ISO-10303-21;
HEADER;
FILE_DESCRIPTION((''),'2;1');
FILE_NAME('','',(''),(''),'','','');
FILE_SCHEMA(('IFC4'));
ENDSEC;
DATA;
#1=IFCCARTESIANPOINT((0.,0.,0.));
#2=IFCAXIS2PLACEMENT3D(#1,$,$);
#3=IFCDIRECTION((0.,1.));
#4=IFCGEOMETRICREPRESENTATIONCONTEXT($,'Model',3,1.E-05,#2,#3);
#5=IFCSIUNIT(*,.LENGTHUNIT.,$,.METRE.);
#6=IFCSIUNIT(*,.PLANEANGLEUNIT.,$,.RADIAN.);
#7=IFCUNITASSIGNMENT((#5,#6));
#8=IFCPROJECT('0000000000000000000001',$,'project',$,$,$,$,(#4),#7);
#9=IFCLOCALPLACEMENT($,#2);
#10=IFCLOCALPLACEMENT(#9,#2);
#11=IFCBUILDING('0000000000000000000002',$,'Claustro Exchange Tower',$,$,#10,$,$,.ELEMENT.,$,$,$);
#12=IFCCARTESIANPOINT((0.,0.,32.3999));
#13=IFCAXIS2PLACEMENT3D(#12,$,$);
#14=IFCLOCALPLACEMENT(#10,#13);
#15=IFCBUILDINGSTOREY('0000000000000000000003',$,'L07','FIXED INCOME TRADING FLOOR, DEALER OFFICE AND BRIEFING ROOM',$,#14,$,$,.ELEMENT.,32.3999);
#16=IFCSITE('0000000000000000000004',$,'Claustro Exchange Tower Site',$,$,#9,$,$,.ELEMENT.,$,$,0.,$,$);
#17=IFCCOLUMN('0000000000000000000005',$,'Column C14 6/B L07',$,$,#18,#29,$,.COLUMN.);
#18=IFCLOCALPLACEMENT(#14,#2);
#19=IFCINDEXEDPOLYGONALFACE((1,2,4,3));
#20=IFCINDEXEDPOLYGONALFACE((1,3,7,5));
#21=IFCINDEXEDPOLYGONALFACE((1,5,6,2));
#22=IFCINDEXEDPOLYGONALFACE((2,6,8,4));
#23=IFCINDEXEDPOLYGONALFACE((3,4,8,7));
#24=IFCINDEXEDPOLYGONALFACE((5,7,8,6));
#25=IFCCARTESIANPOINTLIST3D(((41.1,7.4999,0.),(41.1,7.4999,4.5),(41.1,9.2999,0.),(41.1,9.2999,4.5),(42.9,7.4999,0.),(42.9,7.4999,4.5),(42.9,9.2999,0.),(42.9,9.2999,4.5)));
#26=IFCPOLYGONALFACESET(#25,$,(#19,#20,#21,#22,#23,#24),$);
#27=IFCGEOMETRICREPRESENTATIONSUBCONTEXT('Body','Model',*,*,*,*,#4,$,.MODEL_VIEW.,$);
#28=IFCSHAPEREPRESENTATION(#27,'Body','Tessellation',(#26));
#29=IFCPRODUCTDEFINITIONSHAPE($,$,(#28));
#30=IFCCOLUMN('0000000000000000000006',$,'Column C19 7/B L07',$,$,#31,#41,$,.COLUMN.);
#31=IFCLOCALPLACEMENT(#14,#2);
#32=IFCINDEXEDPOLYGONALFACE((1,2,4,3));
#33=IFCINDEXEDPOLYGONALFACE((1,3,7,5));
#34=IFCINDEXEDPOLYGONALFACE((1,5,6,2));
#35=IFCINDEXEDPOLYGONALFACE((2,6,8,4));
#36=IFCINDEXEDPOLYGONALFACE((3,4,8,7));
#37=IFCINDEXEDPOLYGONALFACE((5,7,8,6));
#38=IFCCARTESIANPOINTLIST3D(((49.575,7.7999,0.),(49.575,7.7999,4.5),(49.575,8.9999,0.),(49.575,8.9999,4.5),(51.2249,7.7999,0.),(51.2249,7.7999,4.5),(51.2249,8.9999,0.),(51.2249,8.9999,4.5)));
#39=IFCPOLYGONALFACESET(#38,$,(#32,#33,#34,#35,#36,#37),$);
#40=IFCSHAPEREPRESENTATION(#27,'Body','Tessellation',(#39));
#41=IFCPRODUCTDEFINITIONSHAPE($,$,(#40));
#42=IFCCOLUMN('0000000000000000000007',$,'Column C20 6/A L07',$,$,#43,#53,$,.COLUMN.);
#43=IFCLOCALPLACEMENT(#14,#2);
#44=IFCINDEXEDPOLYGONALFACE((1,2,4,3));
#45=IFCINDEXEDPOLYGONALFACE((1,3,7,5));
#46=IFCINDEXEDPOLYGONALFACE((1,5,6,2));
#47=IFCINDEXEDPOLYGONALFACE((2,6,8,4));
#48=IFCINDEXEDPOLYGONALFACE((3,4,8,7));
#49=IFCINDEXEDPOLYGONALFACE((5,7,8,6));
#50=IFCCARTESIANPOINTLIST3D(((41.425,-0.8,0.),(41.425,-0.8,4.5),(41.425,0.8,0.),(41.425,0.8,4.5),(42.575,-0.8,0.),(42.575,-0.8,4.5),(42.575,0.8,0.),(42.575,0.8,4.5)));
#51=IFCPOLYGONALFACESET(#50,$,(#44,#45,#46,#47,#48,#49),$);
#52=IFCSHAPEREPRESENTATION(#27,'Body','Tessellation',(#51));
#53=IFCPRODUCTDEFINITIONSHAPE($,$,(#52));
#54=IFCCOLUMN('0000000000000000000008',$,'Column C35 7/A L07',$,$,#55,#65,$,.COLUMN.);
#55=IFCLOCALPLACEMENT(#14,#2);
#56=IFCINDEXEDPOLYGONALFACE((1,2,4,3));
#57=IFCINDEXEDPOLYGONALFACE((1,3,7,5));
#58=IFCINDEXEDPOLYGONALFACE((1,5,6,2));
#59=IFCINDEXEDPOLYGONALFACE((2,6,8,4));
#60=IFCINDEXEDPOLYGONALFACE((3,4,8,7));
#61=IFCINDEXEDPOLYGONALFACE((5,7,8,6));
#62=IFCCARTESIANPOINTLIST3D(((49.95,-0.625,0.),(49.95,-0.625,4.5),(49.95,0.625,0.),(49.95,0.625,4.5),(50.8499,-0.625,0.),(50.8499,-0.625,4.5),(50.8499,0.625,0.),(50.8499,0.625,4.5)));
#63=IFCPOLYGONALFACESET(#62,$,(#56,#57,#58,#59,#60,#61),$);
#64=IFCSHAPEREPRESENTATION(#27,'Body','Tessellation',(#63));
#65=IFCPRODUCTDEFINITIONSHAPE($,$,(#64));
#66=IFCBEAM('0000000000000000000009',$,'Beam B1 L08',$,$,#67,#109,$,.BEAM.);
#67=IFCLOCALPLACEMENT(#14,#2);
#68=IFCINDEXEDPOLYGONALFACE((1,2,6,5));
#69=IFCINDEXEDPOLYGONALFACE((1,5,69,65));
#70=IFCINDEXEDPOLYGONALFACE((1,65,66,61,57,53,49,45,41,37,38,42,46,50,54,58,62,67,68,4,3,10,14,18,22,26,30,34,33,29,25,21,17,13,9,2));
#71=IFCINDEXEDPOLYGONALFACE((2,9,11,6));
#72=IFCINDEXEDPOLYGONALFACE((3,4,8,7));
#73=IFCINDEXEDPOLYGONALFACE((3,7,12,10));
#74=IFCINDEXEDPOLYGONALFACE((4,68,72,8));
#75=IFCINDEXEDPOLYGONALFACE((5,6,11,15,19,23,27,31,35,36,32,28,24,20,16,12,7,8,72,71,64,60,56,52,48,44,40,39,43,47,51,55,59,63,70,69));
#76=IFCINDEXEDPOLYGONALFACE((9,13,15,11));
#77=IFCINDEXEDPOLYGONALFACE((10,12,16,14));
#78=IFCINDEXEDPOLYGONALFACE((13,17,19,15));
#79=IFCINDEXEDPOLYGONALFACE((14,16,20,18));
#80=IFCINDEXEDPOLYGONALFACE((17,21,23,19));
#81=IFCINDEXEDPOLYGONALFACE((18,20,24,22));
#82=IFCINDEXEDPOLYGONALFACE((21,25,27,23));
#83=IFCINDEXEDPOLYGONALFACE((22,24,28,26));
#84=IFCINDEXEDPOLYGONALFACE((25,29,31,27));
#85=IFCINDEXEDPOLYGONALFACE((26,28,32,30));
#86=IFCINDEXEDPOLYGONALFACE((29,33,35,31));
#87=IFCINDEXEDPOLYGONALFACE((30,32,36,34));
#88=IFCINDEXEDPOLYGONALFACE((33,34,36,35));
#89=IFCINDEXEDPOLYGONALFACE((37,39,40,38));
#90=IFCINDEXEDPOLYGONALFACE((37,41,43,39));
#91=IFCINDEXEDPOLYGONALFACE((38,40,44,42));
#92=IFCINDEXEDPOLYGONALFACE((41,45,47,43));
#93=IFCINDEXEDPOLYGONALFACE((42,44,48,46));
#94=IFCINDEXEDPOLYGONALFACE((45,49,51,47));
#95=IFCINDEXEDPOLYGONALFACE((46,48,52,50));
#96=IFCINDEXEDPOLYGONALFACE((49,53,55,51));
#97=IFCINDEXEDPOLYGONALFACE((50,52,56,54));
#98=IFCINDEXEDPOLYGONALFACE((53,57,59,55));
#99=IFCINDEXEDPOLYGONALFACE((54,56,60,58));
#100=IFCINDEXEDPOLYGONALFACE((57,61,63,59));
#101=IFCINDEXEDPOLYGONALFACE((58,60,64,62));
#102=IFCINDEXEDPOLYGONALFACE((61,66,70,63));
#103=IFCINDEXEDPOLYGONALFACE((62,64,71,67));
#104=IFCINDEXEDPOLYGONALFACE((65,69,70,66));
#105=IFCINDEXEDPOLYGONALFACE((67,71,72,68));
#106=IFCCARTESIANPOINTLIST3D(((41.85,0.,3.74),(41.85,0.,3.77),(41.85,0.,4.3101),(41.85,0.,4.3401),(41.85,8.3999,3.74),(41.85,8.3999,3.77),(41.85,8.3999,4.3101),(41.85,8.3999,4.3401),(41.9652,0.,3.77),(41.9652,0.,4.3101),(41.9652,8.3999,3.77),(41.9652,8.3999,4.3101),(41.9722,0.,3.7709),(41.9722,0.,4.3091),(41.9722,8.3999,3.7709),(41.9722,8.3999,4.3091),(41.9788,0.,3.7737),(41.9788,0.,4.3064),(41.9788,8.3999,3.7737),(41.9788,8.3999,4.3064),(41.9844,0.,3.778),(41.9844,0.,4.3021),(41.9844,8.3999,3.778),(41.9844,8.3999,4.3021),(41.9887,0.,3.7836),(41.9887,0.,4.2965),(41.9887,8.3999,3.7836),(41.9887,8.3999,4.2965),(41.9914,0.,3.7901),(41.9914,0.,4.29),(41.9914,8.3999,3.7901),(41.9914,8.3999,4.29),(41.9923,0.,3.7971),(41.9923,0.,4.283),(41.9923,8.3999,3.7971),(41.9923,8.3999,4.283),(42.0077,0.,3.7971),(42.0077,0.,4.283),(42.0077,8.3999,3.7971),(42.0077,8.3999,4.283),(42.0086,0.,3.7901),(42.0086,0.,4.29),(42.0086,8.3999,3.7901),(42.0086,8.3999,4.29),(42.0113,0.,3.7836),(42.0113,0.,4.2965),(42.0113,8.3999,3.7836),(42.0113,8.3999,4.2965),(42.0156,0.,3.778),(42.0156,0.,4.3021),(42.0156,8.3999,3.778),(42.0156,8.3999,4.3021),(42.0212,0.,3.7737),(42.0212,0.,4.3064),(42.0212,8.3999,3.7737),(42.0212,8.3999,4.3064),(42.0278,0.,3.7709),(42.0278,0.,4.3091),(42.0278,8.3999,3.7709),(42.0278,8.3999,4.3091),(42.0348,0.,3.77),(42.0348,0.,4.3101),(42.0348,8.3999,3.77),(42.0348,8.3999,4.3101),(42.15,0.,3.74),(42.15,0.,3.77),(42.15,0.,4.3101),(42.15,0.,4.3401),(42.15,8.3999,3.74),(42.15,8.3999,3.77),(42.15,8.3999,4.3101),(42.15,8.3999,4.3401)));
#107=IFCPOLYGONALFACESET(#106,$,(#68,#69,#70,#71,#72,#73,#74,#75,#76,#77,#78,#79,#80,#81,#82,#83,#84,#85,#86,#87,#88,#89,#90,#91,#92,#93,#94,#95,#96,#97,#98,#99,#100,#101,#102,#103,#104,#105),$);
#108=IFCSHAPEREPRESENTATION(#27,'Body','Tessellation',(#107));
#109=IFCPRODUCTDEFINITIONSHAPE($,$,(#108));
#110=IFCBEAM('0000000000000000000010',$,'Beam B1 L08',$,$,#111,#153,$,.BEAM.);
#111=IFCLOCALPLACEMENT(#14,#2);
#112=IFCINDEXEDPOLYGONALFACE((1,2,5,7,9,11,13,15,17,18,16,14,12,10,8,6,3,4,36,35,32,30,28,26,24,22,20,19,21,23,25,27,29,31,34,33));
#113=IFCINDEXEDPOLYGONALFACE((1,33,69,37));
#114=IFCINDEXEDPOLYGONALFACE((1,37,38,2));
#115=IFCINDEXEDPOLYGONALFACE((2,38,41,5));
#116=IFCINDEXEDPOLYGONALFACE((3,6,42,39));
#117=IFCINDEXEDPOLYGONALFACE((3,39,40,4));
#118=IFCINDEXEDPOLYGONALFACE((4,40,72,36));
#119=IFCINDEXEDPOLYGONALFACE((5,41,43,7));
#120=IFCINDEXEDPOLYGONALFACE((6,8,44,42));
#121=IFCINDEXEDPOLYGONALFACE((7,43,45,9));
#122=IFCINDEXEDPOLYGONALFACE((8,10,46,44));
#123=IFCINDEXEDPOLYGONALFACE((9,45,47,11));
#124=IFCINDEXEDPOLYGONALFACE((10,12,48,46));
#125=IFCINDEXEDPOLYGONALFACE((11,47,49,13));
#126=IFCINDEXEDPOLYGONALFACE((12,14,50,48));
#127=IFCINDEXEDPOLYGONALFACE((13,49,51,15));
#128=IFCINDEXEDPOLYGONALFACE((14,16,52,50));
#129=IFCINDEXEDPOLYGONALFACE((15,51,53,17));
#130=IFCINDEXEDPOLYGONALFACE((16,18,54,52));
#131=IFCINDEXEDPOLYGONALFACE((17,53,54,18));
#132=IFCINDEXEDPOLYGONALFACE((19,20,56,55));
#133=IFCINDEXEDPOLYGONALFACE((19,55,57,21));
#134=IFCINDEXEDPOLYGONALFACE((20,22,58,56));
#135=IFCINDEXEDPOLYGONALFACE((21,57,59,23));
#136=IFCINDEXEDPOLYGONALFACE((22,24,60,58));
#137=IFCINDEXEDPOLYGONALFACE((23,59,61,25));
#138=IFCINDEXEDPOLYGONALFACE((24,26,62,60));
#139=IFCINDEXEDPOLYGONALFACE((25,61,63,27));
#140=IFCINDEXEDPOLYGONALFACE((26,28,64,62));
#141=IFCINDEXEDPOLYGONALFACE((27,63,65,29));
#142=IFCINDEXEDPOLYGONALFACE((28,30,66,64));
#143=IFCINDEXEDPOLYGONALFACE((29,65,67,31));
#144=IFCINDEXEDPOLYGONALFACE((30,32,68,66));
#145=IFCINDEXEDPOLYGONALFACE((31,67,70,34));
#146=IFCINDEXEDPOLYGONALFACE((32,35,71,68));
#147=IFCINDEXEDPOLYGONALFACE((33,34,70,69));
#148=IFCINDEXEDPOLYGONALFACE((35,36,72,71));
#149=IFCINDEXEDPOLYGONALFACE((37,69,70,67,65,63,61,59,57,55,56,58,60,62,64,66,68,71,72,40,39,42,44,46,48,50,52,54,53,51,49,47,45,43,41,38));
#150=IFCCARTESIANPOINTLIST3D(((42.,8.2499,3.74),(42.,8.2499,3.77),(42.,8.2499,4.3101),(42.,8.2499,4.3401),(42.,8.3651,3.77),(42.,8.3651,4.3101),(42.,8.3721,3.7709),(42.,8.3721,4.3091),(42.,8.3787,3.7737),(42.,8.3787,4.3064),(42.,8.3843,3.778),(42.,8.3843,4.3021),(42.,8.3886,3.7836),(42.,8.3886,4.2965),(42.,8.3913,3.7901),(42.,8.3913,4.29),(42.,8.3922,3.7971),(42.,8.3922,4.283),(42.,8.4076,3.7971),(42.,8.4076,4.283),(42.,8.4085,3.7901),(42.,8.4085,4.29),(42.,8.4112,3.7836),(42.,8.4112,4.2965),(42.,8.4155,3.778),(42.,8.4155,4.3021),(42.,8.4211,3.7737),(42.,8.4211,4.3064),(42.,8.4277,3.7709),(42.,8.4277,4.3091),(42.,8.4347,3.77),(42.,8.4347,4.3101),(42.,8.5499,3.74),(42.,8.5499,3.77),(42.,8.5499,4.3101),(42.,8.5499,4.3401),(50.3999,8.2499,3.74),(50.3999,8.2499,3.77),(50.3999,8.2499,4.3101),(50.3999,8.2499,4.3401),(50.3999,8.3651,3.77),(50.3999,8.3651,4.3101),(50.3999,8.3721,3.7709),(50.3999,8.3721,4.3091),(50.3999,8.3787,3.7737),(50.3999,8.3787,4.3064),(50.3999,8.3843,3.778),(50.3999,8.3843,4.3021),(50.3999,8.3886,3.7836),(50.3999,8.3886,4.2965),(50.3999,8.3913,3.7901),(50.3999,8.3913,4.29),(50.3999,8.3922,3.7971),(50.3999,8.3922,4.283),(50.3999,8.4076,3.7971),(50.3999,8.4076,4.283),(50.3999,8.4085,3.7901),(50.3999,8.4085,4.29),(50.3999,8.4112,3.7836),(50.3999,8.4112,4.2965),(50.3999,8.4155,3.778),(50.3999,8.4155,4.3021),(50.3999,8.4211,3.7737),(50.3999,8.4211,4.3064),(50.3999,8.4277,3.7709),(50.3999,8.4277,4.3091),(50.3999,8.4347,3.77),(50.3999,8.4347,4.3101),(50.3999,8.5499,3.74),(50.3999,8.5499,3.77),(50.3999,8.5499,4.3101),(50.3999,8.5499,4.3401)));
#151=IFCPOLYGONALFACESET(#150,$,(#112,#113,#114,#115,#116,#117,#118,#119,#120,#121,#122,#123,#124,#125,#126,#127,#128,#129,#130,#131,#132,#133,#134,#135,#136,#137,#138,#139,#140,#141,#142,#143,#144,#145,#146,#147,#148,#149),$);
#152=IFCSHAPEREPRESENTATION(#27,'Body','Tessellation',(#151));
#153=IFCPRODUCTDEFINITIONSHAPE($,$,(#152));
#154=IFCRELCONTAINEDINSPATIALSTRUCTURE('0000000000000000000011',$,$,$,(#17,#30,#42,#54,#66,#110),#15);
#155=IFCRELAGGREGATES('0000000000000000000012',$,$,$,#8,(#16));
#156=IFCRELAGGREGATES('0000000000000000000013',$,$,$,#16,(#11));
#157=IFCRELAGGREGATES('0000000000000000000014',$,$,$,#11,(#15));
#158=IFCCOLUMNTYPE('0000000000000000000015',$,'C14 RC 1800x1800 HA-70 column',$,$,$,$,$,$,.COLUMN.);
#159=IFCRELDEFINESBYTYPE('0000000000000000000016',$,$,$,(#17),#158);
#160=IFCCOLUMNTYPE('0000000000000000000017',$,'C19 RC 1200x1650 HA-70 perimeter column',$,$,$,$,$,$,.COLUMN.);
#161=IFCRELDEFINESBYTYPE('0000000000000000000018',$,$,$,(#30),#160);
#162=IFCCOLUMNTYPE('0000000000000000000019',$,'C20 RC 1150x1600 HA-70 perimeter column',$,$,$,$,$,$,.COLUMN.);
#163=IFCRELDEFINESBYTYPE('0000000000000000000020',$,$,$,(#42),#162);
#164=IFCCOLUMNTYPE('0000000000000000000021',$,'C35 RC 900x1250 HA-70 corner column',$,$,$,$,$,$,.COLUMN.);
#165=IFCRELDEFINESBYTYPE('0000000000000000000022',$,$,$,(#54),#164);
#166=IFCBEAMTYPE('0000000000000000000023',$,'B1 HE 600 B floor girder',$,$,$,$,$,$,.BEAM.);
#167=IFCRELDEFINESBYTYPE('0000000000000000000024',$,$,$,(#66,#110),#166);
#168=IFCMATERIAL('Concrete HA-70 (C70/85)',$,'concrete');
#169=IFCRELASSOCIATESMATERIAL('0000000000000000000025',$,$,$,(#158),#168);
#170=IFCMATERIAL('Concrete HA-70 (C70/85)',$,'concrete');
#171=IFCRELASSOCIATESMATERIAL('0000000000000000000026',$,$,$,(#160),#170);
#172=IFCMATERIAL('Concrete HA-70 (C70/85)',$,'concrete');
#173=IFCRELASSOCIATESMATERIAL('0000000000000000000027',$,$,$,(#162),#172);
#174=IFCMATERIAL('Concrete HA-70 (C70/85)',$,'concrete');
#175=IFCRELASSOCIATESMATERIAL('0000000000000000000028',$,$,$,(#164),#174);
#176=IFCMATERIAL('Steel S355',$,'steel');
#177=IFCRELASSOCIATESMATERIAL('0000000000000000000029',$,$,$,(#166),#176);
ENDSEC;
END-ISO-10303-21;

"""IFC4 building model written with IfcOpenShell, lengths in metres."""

from ifc_helpers import new_model, si_unit, direction, frame, origin, origin_2d, place, context, subcontext, project, spatial, rectangle, i_section, extrude, material, material_profile, profile_set, type_object, element, save


model = new_model("IFC4")

# Units and contexts
model_context = context("Model", 3, precision=1e-05, world=origin(), true_north=direction((0.0, 1.0)))
body_context = subcontext(model_context, "Body", "Model", "MODEL_VIEW")
ifc_project = project(units=[si_unit("LENGTHUNIT", "METRE"), si_unit("PLANEANGLEUNIT", "RADIAN")], contexts=[model_context])

# Site, building, storey
site_placement = place(None, origin())
site = spatial("IfcSite", under=ifc_project, at=site_placement, Name="Claustro Exchange Tower Site", CompositionType="ELEMENT", RefElevation=0.0)
building_placement = place(site_placement, origin())
building = spatial("IfcBuilding", under=site, at=building_placement, Name="Claustro Exchange Tower", CompositionType="ELEMENT")
storey_placement = place(building_placement, frame((0.0, 0.0, 32.3999)))
storey = spatial("IfcBuildingStorey", under=building, at=storey_placement, Name="L07", Description="FIXED INCOME TRADING FLOOR, DEALER OFFICE AND BRIEFING ROOM", CompositionType="ELEMENT", Elevation=32.3999)

# Columns
ifc_material_1 = material(Name="Concrete HA-70 (C70/85)", Category="concrete")
ifc_material_profile_1 = material_profile(ifc_material_1, rectangle(XDim=1.8, YDim=1.8, at=origin_2d()), Name="RC 1800x1800")
ifc_profile_set_1 = profile_set([ifc_material_profile_1], Name="Concrete HA-70 (C70/85)")
column_type_1 = type_object("IfcColumnType", Name="C14 RC 1800x1800 HA-70 column", PredefinedType="COLUMN", material=ifc_profile_set_1)
column_1_placement = place(storey_placement, frame((42.0, 8.3999, 0.0), z_axis=(0.0, 0.0, 1.0), x_axis=(1.0, 0.0, 0.0)))
element("IfcColumn", 1, at=column_1_placement, inside=storey, type_object=column_type_1, Name="Column C14 6/B L07", PredefinedType="COLUMN", context=body_context, shape_type="SweptSolid", body=[
    extrude(rectangle(XDim=1.8, YDim=1.8, at=origin_2d()), origin(), (0.0, 0.0, 1.0), 4.5),
])
ifc_material_2 = material(Name="Concrete HA-70 (C70/85)", Category="concrete")
ifc_material_profile_2 = material_profile(ifc_material_2, rectangle(XDim=1.2, YDim=1.6499, at=origin_2d()), Name="RC 1200x1650")
ifc_profile_set_2 = profile_set([ifc_material_profile_2], Name="Concrete HA-70 (C70/85)")
column_type_2 = type_object("IfcColumnType", Name="C19 RC 1200x1650 HA-70 perimeter column", PredefinedType="COLUMN", material=ifc_profile_set_2)
column_2_placement = place(storey_placement, frame((50.3999, 8.3999, 0.0), z_axis=(0.0, 0.0, 1.0), x_axis=(0.0, 1.0, 0.0)))
element("IfcColumn", 2, at=column_2_placement, inside=storey, type_object=column_type_2, Name="Column C19 7/B L07", PredefinedType="COLUMN", context=body_context, shape_type="SweptSolid", body=[
    extrude(rectangle(XDim=1.2, YDim=1.6499, at=origin_2d()), origin(), (0.0, 0.0, 1.0), 4.5),
])
ifc_material_3 = material(Name="Concrete HA-70 (C70/85)", Category="concrete")
ifc_material_profile_3 = material_profile(ifc_material_3, rectangle(XDim=1.1499, YDim=1.6001, at=origin_2d()), Name="RC 1150x1600")
ifc_profile_set_3 = profile_set([ifc_material_profile_3], Name="Concrete HA-70 (C70/85)")
column_type_3 = type_object("IfcColumnType", Name="C20 RC 1150x1600 HA-70 perimeter column", PredefinedType="COLUMN", material=ifc_profile_set_3)
column_3_placement = place(storey_placement, frame((42.0, 0.0, 0.0), z_axis=(0.0, 0.0, 1.0), x_axis=(1.0, 0.0, 0.0)))
element("IfcColumn", 3, at=column_3_placement, inside=storey, type_object=column_type_3, Name="Column C20 6/A L07", PredefinedType="COLUMN", context=body_context, shape_type="SweptSolid", body=[
    extrude(rectangle(XDim=1.1499, YDim=1.6001, at=origin_2d()), origin(), (0.0, 0.0, 1.0), 4.5),
])
ifc_material_4 = material(Name="Concrete HA-70 (C70/85)", Category="concrete")
ifc_material_profile_4 = material_profile(ifc_material_4, rectangle(XDim=0.8999, YDim=1.25, at=origin_2d()), Name="RC 900x1250")
ifc_profile_set_4 = profile_set([ifc_material_profile_4], Name="Concrete HA-70 (C70/85)")
column_type_4 = type_object("IfcColumnType", Name="C35 RC 900x1250 HA-70 corner column", PredefinedType="COLUMN", material=ifc_profile_set_4)
column_4_placement = place(storey_placement, frame((50.3999, 0.0, 0.0), z_axis=(0.0, 0.0, 1.0), x_axis=(1.0, 0.0, 0.0)))
element("IfcColumn", 4, at=column_4_placement, inside=storey, type_object=column_type_4, Name="Column C35 7/A L07", PredefinedType="COLUMN", context=body_context, shape_type="SweptSolid", body=[
    extrude(rectangle(XDim=0.8999, YDim=1.25, at=origin_2d()), origin(), (0.0, 0.0, 1.0), 4.5),
])

# Beams
ifc_material_5 = material(Name="Steel S355", Category="steel")
ifc_material_profile_5 = material_profile(ifc_material_5, i_section(OverallWidth=0.3, OverallDepth=0.6001, WebThickness=0.0154, FlangeThickness=0.03, FilletRadius=0.0271, at=origin_2d()), Name="HE 600 B")
ifc_profile_set_5 = profile_set([ifc_material_profile_5], Name="Steel S355")
beam_type_1 = type_object("IfcBeamType", Name="B1 HE 600 B floor girder", PredefinedType="BEAM", material=ifc_profile_set_5)
for number, where, z_axis, x_axis, name in (
    (5, (42.0, 0.0, 4.04), (0.0, 1.0, 0.0), (-1.0, 0.0, 0.0), "Beam B1 L08"),
    (6, (42.0, 8.3999, 4.04), (1.0, 0.0, 0.0), (0.0, 1.0, 0.0), "Beam B1 L08"),
):
    element("IfcBeam", number, at=place(storey_placement, frame(where, z_axis=z_axis, x_axis=x_axis)), inside=storey, type_object=beam_type_1, Name=name, PredefinedType="BEAM", context=body_context, shape_type="SweptSolid", body=[
        extrude(i_section(OverallWidth=0.3, OverallDepth=0.6001, WebThickness=0.0154, FlangeThickness=0.03, FilletRadius=0.0271, at=origin_2d()), origin(), (0.0, 0.0, 1.0), 8.3999),
    ])

save(model, "model.ifc")
